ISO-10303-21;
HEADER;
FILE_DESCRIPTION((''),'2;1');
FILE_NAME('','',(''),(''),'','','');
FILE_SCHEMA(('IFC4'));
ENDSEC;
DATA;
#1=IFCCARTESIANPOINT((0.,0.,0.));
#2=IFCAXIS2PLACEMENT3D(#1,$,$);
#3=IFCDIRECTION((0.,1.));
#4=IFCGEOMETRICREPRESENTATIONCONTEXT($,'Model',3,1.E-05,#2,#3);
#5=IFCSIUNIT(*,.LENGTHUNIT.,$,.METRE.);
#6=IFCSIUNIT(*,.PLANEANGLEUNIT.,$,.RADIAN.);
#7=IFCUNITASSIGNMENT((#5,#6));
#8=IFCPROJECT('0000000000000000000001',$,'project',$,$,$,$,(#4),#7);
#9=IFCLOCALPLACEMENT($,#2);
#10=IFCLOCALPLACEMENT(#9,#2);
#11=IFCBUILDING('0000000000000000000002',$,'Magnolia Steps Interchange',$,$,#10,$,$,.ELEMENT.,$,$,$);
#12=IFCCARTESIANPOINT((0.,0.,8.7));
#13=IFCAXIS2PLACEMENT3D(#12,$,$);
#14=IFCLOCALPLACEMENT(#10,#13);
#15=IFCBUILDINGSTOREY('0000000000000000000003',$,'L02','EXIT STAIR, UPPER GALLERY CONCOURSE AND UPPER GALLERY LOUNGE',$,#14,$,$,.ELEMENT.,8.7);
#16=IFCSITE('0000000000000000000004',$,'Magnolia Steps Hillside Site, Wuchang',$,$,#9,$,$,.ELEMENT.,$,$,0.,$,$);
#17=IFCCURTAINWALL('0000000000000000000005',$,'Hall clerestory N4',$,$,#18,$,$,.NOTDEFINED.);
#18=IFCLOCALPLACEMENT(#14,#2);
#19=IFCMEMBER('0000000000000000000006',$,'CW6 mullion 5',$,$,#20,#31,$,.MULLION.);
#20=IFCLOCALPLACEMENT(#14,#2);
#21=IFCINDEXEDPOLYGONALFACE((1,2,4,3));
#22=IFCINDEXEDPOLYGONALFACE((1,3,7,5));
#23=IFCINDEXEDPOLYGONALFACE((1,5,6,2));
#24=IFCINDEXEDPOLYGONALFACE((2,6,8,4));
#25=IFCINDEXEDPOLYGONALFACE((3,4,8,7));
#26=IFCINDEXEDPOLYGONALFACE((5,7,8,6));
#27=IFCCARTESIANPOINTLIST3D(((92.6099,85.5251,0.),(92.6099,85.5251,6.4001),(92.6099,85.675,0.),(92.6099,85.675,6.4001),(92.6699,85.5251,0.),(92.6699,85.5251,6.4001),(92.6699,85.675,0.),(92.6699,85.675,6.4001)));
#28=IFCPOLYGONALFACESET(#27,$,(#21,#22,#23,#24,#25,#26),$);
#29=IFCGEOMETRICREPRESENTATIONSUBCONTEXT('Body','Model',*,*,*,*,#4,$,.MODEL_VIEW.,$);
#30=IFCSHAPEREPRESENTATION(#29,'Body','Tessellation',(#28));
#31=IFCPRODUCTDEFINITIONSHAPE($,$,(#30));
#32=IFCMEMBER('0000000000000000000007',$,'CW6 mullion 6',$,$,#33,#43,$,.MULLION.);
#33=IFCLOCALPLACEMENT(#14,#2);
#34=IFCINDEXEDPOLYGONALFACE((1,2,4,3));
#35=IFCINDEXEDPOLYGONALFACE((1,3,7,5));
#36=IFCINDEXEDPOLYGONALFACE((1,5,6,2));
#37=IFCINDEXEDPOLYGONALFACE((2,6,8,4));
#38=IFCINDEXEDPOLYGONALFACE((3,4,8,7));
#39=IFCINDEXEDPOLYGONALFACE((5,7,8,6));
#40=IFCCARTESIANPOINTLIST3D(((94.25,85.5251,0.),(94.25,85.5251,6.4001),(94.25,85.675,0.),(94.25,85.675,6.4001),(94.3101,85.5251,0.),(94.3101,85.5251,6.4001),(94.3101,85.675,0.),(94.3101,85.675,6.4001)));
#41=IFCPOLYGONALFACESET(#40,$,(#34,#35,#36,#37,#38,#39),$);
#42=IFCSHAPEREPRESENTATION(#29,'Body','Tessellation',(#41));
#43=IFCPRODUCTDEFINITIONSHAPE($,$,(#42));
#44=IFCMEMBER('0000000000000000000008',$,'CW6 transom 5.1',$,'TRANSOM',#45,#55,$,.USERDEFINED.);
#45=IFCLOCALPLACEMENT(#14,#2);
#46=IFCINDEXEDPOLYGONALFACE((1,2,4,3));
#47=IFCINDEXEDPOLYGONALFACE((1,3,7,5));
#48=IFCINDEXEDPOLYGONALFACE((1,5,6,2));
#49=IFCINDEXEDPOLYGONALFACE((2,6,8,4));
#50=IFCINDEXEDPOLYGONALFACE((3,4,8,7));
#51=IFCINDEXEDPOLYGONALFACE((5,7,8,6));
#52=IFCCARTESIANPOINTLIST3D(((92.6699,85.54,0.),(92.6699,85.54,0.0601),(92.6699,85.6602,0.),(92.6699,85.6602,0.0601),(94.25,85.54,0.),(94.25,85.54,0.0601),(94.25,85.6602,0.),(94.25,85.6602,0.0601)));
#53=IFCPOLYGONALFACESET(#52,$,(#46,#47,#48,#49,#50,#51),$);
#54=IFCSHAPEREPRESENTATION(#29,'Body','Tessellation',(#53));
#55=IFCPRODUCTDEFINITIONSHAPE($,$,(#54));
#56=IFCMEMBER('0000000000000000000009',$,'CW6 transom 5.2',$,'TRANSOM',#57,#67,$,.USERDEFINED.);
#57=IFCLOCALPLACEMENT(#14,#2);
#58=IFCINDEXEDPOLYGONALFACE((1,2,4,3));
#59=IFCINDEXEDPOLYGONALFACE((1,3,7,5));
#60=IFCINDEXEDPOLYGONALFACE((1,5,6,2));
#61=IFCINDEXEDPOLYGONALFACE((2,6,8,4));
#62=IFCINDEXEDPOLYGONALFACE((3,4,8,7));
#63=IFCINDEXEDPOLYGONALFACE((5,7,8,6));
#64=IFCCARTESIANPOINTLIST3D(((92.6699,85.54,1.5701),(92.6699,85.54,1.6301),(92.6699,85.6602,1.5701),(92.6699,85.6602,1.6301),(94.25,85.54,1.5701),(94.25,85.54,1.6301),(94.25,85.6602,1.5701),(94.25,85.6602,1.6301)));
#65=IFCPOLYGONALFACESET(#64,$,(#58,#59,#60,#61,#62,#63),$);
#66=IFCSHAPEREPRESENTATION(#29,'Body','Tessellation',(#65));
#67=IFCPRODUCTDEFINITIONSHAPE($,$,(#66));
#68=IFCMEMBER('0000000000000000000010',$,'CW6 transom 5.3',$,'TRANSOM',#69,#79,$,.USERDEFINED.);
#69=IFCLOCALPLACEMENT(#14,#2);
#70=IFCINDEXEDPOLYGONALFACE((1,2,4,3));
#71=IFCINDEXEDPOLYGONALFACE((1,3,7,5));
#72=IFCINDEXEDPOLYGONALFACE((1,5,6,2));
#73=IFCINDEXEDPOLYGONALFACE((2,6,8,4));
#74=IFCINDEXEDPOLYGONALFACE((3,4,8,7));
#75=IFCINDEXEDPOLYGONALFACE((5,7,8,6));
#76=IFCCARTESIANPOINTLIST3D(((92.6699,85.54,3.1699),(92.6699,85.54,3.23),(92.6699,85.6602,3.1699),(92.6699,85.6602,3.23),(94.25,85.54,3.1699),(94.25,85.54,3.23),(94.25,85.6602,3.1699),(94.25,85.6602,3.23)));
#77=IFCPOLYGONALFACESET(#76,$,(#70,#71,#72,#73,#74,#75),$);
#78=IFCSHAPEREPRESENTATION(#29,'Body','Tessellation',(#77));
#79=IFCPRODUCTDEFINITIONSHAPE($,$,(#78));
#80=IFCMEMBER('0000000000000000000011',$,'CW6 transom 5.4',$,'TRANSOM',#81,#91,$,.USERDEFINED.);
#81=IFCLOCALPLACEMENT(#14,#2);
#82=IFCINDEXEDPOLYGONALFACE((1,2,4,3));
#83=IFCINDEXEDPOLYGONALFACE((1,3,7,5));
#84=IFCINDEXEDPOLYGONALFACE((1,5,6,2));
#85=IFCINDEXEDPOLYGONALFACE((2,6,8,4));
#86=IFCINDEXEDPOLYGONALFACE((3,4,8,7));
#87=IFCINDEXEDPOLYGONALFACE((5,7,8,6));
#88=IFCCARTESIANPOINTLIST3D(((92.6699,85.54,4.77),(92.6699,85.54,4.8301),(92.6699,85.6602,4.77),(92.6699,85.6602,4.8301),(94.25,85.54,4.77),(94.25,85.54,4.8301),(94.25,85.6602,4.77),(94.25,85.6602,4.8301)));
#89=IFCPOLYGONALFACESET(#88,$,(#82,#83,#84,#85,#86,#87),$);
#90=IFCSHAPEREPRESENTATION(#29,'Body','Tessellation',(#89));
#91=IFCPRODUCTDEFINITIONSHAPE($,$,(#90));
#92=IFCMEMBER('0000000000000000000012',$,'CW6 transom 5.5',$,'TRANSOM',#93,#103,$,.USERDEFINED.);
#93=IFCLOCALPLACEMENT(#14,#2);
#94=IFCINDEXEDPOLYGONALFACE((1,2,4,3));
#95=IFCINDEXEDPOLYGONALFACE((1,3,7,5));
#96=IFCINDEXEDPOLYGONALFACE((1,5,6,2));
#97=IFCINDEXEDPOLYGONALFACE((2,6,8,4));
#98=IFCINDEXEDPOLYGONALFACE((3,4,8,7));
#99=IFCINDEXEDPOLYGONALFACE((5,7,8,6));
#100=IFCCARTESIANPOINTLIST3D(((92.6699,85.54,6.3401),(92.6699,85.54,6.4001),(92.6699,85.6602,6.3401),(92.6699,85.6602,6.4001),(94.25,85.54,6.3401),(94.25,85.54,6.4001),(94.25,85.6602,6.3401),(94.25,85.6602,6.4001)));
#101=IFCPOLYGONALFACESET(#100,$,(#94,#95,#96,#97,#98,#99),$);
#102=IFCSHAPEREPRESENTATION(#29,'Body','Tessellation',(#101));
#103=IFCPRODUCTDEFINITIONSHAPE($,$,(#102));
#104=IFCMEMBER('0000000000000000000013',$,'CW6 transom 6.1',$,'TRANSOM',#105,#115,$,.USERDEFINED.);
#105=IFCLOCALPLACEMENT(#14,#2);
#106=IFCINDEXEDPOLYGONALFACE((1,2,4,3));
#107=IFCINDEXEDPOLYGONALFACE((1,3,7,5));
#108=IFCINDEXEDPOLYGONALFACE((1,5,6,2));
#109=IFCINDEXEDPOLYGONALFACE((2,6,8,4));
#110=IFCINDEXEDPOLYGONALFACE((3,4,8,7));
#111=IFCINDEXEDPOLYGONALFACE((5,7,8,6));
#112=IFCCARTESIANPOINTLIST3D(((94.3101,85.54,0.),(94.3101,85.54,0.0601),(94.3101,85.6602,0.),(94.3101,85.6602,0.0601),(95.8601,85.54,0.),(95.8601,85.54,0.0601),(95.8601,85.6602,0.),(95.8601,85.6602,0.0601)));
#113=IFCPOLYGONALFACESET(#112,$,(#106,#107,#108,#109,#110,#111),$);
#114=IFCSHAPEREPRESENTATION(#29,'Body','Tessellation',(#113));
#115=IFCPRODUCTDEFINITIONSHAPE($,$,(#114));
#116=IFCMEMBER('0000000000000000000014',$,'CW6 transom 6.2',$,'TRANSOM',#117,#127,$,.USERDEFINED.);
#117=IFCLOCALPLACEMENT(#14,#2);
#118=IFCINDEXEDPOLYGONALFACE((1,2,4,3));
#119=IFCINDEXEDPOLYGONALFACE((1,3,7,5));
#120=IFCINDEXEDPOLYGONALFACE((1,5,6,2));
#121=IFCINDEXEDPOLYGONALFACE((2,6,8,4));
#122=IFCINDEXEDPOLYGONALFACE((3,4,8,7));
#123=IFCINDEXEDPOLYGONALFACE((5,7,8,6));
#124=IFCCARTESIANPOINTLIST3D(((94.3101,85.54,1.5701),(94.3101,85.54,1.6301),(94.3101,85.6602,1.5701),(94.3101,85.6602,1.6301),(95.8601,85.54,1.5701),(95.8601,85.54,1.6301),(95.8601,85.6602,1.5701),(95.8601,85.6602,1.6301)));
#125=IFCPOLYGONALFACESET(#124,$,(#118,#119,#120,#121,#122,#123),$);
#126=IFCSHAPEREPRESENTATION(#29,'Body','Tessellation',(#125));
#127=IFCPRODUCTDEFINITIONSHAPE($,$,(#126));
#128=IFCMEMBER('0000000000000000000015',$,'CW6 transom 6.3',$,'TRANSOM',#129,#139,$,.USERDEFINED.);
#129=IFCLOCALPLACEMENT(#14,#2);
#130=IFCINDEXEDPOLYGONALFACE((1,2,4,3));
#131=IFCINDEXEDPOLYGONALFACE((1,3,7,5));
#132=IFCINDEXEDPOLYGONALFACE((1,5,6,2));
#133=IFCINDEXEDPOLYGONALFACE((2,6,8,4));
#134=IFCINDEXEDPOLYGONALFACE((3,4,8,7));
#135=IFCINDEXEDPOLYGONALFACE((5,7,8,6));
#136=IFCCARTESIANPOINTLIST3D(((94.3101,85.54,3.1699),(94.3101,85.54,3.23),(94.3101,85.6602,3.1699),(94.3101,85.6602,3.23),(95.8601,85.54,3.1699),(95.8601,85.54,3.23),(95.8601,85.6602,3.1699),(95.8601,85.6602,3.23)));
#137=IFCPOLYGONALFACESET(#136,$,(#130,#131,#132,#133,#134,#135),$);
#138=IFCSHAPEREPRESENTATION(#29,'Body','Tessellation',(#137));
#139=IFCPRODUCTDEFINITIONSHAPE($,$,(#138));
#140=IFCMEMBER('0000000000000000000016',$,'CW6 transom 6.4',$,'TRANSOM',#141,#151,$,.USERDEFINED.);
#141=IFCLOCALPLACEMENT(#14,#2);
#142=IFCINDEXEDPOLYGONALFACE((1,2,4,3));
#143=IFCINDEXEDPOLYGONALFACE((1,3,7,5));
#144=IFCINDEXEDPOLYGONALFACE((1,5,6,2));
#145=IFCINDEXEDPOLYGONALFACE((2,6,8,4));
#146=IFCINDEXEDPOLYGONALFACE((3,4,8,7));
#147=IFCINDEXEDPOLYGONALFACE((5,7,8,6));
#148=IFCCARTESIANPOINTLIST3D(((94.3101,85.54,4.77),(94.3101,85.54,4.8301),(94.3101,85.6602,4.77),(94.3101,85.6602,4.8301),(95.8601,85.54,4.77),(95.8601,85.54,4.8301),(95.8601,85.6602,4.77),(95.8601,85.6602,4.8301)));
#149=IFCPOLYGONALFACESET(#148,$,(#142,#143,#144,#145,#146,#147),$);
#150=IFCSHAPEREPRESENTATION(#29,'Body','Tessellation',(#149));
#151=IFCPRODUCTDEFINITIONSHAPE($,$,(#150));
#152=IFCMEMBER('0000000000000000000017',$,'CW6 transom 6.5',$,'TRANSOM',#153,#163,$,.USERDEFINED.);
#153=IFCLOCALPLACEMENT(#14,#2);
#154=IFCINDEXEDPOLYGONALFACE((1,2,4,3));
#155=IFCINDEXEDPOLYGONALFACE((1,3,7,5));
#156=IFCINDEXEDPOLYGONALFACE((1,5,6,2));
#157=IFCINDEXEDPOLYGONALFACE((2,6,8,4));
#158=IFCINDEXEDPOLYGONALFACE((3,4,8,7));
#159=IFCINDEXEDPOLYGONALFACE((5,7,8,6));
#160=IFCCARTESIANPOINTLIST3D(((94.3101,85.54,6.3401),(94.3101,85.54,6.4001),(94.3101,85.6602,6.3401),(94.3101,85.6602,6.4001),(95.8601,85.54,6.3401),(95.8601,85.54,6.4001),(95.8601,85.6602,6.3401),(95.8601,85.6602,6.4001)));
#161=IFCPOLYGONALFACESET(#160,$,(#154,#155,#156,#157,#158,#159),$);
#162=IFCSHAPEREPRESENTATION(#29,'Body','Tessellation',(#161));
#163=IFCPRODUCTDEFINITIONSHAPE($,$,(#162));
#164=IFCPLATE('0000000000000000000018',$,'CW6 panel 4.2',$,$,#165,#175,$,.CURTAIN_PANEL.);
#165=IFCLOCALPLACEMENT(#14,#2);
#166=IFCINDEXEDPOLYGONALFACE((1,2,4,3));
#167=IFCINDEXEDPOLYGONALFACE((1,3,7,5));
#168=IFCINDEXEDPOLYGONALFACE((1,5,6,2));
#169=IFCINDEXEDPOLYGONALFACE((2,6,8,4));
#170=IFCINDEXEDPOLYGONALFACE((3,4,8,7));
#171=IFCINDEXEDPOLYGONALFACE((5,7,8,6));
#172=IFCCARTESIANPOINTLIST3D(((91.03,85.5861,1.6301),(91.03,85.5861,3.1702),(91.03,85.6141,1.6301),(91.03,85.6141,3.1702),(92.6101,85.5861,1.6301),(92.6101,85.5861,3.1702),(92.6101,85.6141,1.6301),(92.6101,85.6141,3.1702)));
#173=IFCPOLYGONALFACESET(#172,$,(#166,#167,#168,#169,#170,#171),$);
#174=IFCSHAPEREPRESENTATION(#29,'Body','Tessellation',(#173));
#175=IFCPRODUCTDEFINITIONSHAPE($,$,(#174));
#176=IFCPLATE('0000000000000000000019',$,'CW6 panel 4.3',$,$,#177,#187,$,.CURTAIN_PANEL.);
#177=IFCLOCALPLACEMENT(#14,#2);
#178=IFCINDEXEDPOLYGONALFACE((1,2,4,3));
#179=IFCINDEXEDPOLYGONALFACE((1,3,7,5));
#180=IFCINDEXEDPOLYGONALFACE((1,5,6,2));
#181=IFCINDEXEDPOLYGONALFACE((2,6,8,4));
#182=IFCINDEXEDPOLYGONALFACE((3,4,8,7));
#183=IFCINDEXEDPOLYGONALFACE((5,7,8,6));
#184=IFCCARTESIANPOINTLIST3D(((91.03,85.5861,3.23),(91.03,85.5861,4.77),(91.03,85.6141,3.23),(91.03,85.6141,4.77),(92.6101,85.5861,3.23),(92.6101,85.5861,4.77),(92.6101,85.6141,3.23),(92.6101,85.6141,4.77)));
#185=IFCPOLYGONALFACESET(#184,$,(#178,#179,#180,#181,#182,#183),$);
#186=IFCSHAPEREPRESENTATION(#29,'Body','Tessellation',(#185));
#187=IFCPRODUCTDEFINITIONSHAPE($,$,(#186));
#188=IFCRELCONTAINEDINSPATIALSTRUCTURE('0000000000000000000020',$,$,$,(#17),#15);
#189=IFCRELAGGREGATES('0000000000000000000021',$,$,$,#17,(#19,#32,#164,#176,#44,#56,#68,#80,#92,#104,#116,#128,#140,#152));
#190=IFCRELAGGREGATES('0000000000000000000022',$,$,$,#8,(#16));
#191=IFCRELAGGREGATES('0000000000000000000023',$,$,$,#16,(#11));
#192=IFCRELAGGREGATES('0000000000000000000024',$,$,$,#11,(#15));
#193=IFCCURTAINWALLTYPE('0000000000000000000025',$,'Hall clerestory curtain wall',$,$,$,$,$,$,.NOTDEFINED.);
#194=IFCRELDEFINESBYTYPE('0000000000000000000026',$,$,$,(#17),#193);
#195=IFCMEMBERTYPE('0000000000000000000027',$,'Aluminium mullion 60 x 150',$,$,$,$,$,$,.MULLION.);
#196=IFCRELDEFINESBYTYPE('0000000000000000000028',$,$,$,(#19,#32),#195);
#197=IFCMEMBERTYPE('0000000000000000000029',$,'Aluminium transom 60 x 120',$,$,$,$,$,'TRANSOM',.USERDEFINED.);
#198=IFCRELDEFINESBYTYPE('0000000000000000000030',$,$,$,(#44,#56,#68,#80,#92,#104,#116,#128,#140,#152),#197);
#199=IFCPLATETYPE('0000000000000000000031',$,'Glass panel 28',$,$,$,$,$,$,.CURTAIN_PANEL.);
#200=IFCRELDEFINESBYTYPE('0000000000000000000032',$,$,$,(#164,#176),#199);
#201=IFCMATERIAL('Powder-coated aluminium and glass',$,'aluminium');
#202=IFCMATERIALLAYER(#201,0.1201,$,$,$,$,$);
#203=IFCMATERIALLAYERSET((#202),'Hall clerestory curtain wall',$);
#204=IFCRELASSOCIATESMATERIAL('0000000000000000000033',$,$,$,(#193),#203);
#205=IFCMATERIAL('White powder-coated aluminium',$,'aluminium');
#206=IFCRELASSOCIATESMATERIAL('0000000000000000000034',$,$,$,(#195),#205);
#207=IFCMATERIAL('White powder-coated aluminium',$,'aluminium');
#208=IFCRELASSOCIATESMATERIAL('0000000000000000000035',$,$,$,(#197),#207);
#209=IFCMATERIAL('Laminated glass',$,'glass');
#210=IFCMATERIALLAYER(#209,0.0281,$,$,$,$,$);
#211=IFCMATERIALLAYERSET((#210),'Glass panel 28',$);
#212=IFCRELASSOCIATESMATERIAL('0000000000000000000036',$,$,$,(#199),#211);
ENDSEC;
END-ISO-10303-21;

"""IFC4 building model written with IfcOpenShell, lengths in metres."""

from ifc_helpers import new_model, si_unit, direction, frame, origin, origin_2d, place, context, subcontext, project, spatial, rectangle, extrude, material, layer, layer_set, material_profile, profile_set, type_object, element, aggregate, save


model = new_model("IFC4")

# Units and contexts
model_context = context("Model", 3, precision=1e-05, world=origin(), true_north=direction((0.0, 1.0)))
body_context = subcontext(model_context, "Body", "Model", "MODEL_VIEW")
ifc_project = project(units=[si_unit("LENGTHUNIT", "METRE"), si_unit("PLANEANGLEUNIT", "RADIAN")], contexts=[model_context])

# Site, building, storey
site_placement = place(None, origin())
site = spatial("IfcSite", under=ifc_project, at=site_placement, Name="Magnolia Steps Hillside Site, Wuchang", CompositionType="ELEMENT", RefElevation=0.0)
building_placement = place(site_placement, origin())
building = spatial("IfcBuilding", under=site, at=building_placement, Name="Magnolia Steps Interchange", CompositionType="ELEMENT")
storey_placement = place(building_placement, frame((0.0, 0.0, 8.7)))
storey = spatial("IfcBuildingStorey", under=building, at=storey_placement, Name="L02", Description="EXIT STAIR, UPPER GALLERY CONCOURSE AND UPPER GALLERY LOUNGE", CompositionType="ELEMENT", Elevation=8.7)

# Curtain wall, members, plates
ifc_material_1 = material(Name="Powder-coated aluminium and glass", Category="aluminium")
ifc_layer_1 = layer(ifc_material_1, 0.1201)
ifc_layer_set_1 = layer_set([ifc_layer_1], Name="Hall clerestory curtain wall")
curtain_wall_type = type_object("IfcCurtainWallType", Name="Hall clerestory curtain wall", PredefinedType="NOTDEFINED", material=ifc_layer_set_1)
curtain_wall_placement = place(storey_placement, origin())
curtain_wall = element("IfcCurtainWall", 1, at=curtain_wall_placement, inside=storey, type_object=curtain_wall_type, Name="Hall clerestory N4", PredefinedType="NOTDEFINED")
ifc_material_2 = material(Name="White powder-coated aluminium", Category="aluminium")
ifc_material_profile_1 = material_profile(ifc_material_2, rectangle(XDim=0.0601, YDim=0.1499, at=origin_2d()), Name="Aluminium mullion 60 x 150")
ifc_profile_set_1 = profile_set([ifc_material_profile_1], Name="White powder-coated aluminium")
member_type_1 = type_object("IfcMemberType", Name="Aluminium mullion 60 x 150", PredefinedType="MULLION", material=ifc_profile_set_1)
member_1_placement = place(storey_placement, frame((92.6399, 85.6001, 0.0), z_axis=(0.0, 0.0, 1.0), x_axis=(1.0, 0.0, 0.0)))
member_1 = element("IfcMember", 2, at=member_1_placement, type_object=member_type_1, Name="CW6 mullion 5", PredefinedType="MULLION", context=body_context, shape_type="SweptSolid", body=[
    extrude(rectangle(XDim=0.0601, YDim=0.1499, at=origin_2d()), origin(), (0.0, 0.0, 1.0), 6.4001),
])
member_2_placement = place(storey_placement, frame((94.28, 85.6001, 0.0), z_axis=(0.0, 0.0, 1.0), x_axis=(1.0, 0.0, 0.0)))
member_2 = element("IfcMember", 3, at=member_2_placement, type_object=member_type_1, Name="CW6 mullion 6", PredefinedType="MULLION", context=body_context, shape_type="SweptSolid", body=[
    extrude(rectangle(XDim=0.0601, YDim=0.1499, at=origin_2d()), origin(), (0.0, 0.0, 1.0), 6.4001),
])
ifc_material_3 = material(Name="White powder-coated aluminium", Category="aluminium")
ifc_material_profile_2 = material_profile(ifc_material_3, rectangle(XDim=0.0601, YDim=0.1201, at=origin_2d()), Name="Aluminium transom 60 x 120")
ifc_profile_set_2 = profile_set([ifc_material_profile_2], Name="White powder-coated aluminium")
member_type_2 = type_object("IfcMemberType", Name="Aluminium transom 60 x 120", ElementType="TRANSOM", PredefinedType="USERDEFINED", material=ifc_profile_set_2)
member_3_placement = place(storey_placement, frame((92.6699, 85.6001, 0.03), z_axis=(1.0, 0.0, 0.0), x_axis=(0.0, 0.0, 1.0)))
member_3 = element("IfcMember", 4, at=member_3_placement, type_object=member_type_2, Name="CW6 transom 5.1", ObjectType="TRANSOM", PredefinedType="USERDEFINED", context=body_context, shape_type="SweptSolid", body=[
    extrude(rectangle(XDim=0.0601, YDim=0.1201, at=origin_2d()), origin(), (0.0, 0.0, 1.0), 1.5801),
])
member_4_placement = place(storey_placement, frame((92.6699, 85.6001, 1.6001), z_axis=(1.0, 0.0, 0.0), x_axis=(0.0, 0.0, 1.0)))
member_4 = element("IfcMember", 5, at=member_4_placement, type_object=member_type_2, Name="CW6 transom 5.2", ObjectType="TRANSOM", PredefinedType="USERDEFINED", context=body_context, shape_type="SweptSolid", body=[
    extrude(rectangle(XDim=0.0601, YDim=0.1201, at=origin_2d()), origin(), (0.0, 0.0, 1.0), 1.5801),
])
member_5_placement = place(storey_placement, frame((92.6699, 85.6001, 3.2), z_axis=(1.0, 0.0, 0.0), x_axis=(0.0, 0.0, 1.0)))
member_5 = element("IfcMember", 6, at=member_5_placement, type_object=member_type_2, Name="CW6 transom 5.3", ObjectType="TRANSOM", PredefinedType="USERDEFINED", context=body_context, shape_type="SweptSolid", body=[
    extrude(rectangle(XDim=0.0601, YDim=0.1201, at=origin_2d()), origin(), (0.0, 0.0, 1.0), 1.5801),
])
member_6_placement = place(storey_placement, frame((92.6699, 85.6001, 4.8), z_axis=(1.0, 0.0, 0.0), x_axis=(0.0, 0.0, 1.0)))
member_6 = element("IfcMember", 7, at=member_6_placement, type_object=member_type_2, Name="CW6 transom 5.4", ObjectType="TRANSOM", PredefinedType="USERDEFINED", context=body_context, shape_type="SweptSolid", body=[
    extrude(rectangle(XDim=0.0601, YDim=0.1201, at=origin_2d()), origin(), (0.0, 0.0, 1.0), 1.5801),
])
member_7_placement = place(storey_placement, frame((92.6699, 85.6001, 6.3701), z_axis=(1.0, 0.0, 0.0), x_axis=(0.0, 0.0, 1.0)))
member_7 = element("IfcMember", 8, at=member_7_placement, type_object=member_type_2, Name="CW6 transom 5.5", ObjectType="TRANSOM", PredefinedType="USERDEFINED", context=body_context, shape_type="SweptSolid", body=[
    extrude(rectangle(XDim=0.0601, YDim=0.1201, at=origin_2d()), origin(), (0.0, 0.0, 1.0), 1.5801),
])
member_8_placement = place(storey_placement, frame((94.3101, 85.6001, 0.03), z_axis=(1.0, 0.0, 0.0), x_axis=(0.0, 0.0, 1.0)))
member_8 = element("IfcMember", 9, at=member_8_placement, type_object=member_type_2, Name="CW6 transom 6.1", ObjectType="TRANSOM", PredefinedType="USERDEFINED", context=body_context, shape_type="SweptSolid", body=[
    extrude(rectangle(XDim=0.0601, YDim=0.1201, at=origin_2d()), origin(), (0.0, 0.0, 1.0), 1.55),
])
member_9_placement = place(storey_placement, frame((94.3101, 85.6001, 1.6001), z_axis=(1.0, 0.0, 0.0), x_axis=(0.0, 0.0, 1.0)))
member_9 = element("IfcMember", 10, at=member_9_placement, type_object=member_type_2, Name="CW6 transom 6.2", ObjectType="TRANSOM", PredefinedType="USERDEFINED", context=body_context, shape_type="SweptSolid", body=[
    extrude(rectangle(XDim=0.0601, YDim=0.1201, at=origin_2d()), origin(), (0.0, 0.0, 1.0), 1.55),
])
member_10_placement = place(storey_placement, frame((94.3101, 85.6001, 3.2), z_axis=(1.0, 0.0, 0.0), x_axis=(0.0, 0.0, 1.0)))
member_10 = element("IfcMember", 11, at=member_10_placement, type_object=member_type_2, Name="CW6 transom 6.3", ObjectType="TRANSOM", PredefinedType="USERDEFINED", context=body_context, shape_type="SweptSolid", body=[
    extrude(rectangle(XDim=0.0601, YDim=0.1201, at=origin_2d()), origin(), (0.0, 0.0, 1.0), 1.55),
])
member_11_placement = place(storey_placement, frame((94.3101, 85.6001, 4.8), z_axis=(1.0, 0.0, 0.0), x_axis=(0.0, 0.0, 1.0)))
member_11 = element("IfcMember", 12, at=member_11_placement, type_object=member_type_2, Name="CW6 transom 6.4", ObjectType="TRANSOM", PredefinedType="USERDEFINED", context=body_context, shape_type="SweptSolid", body=[
    extrude(rectangle(XDim=0.0601, YDim=0.1201, at=origin_2d()), origin(), (0.0, 0.0, 1.0), 1.55),
])
member_12_placement = place(storey_placement, frame((94.3101, 85.6001, 6.3701), z_axis=(1.0, 0.0, 0.0), x_axis=(0.0, 0.0, 1.0)))
member_12 = element("IfcMember", 13, at=member_12_placement, type_object=member_type_2, Name="CW6 transom 6.5", ObjectType="TRANSOM", PredefinedType="USERDEFINED", context=body_context, shape_type="SweptSolid", body=[
    extrude(rectangle(XDim=0.0601, YDim=0.1201, at=origin_2d()), origin(), (0.0, 0.0, 1.0), 1.55),
])
ifc_material_4 = material(Name="Laminated glass", Category="glass")
ifc_layer_2 = layer(ifc_material_4, 0.0281)
ifc_layer_set_2 = layer_set([ifc_layer_2], Name="Glass panel 28")
plate_type = type_object("IfcPlateType", Name="Glass panel 28", PredefinedType="CURTAIN_PANEL", material=ifc_layer_set_2)
plate_1_placement = place(storey_placement, frame((91.8201, 85.6001, 1.6301), z_axis=(0.0, 0.0, 1.0), x_axis=(1.0, 0.0, 0.0)))
plate_1 = element("IfcPlate", 14, at=plate_1_placement, type_object=plate_type, Name="CW6 panel 4.2", PredefinedType="CURTAIN_PANEL", context=body_context, shape_type="SweptSolid", body=[
    extrude(rectangle(XDim=1.5801, YDim=0.0281, at=origin_2d()), origin(), (0.0, 0.0, 1.0), 1.54),
])
plate_2_placement = place(storey_placement, frame((91.8201, 85.6001, 3.23), z_axis=(0.0, 0.0, 1.0), x_axis=(1.0, 0.0, 0.0)))
plate_2 = element("IfcPlate", 15, at=plate_2_placement, type_object=plate_type, Name="CW6 panel 4.3", PredefinedType="CURTAIN_PANEL", context=body_context, shape_type="SweptSolid", body=[
    extrude(rectangle(XDim=1.5801, YDim=0.0281, at=origin_2d()), origin(), (0.0, 0.0, 1.0), 1.54),
])
aggregate(curtain_wall, [member_1, member_2, plate_1, plate_2, member_3, member_4, member_5, member_6, member_7, member_8, member_9, member_10, member_11, member_12])

save(model, "model.ifc")
